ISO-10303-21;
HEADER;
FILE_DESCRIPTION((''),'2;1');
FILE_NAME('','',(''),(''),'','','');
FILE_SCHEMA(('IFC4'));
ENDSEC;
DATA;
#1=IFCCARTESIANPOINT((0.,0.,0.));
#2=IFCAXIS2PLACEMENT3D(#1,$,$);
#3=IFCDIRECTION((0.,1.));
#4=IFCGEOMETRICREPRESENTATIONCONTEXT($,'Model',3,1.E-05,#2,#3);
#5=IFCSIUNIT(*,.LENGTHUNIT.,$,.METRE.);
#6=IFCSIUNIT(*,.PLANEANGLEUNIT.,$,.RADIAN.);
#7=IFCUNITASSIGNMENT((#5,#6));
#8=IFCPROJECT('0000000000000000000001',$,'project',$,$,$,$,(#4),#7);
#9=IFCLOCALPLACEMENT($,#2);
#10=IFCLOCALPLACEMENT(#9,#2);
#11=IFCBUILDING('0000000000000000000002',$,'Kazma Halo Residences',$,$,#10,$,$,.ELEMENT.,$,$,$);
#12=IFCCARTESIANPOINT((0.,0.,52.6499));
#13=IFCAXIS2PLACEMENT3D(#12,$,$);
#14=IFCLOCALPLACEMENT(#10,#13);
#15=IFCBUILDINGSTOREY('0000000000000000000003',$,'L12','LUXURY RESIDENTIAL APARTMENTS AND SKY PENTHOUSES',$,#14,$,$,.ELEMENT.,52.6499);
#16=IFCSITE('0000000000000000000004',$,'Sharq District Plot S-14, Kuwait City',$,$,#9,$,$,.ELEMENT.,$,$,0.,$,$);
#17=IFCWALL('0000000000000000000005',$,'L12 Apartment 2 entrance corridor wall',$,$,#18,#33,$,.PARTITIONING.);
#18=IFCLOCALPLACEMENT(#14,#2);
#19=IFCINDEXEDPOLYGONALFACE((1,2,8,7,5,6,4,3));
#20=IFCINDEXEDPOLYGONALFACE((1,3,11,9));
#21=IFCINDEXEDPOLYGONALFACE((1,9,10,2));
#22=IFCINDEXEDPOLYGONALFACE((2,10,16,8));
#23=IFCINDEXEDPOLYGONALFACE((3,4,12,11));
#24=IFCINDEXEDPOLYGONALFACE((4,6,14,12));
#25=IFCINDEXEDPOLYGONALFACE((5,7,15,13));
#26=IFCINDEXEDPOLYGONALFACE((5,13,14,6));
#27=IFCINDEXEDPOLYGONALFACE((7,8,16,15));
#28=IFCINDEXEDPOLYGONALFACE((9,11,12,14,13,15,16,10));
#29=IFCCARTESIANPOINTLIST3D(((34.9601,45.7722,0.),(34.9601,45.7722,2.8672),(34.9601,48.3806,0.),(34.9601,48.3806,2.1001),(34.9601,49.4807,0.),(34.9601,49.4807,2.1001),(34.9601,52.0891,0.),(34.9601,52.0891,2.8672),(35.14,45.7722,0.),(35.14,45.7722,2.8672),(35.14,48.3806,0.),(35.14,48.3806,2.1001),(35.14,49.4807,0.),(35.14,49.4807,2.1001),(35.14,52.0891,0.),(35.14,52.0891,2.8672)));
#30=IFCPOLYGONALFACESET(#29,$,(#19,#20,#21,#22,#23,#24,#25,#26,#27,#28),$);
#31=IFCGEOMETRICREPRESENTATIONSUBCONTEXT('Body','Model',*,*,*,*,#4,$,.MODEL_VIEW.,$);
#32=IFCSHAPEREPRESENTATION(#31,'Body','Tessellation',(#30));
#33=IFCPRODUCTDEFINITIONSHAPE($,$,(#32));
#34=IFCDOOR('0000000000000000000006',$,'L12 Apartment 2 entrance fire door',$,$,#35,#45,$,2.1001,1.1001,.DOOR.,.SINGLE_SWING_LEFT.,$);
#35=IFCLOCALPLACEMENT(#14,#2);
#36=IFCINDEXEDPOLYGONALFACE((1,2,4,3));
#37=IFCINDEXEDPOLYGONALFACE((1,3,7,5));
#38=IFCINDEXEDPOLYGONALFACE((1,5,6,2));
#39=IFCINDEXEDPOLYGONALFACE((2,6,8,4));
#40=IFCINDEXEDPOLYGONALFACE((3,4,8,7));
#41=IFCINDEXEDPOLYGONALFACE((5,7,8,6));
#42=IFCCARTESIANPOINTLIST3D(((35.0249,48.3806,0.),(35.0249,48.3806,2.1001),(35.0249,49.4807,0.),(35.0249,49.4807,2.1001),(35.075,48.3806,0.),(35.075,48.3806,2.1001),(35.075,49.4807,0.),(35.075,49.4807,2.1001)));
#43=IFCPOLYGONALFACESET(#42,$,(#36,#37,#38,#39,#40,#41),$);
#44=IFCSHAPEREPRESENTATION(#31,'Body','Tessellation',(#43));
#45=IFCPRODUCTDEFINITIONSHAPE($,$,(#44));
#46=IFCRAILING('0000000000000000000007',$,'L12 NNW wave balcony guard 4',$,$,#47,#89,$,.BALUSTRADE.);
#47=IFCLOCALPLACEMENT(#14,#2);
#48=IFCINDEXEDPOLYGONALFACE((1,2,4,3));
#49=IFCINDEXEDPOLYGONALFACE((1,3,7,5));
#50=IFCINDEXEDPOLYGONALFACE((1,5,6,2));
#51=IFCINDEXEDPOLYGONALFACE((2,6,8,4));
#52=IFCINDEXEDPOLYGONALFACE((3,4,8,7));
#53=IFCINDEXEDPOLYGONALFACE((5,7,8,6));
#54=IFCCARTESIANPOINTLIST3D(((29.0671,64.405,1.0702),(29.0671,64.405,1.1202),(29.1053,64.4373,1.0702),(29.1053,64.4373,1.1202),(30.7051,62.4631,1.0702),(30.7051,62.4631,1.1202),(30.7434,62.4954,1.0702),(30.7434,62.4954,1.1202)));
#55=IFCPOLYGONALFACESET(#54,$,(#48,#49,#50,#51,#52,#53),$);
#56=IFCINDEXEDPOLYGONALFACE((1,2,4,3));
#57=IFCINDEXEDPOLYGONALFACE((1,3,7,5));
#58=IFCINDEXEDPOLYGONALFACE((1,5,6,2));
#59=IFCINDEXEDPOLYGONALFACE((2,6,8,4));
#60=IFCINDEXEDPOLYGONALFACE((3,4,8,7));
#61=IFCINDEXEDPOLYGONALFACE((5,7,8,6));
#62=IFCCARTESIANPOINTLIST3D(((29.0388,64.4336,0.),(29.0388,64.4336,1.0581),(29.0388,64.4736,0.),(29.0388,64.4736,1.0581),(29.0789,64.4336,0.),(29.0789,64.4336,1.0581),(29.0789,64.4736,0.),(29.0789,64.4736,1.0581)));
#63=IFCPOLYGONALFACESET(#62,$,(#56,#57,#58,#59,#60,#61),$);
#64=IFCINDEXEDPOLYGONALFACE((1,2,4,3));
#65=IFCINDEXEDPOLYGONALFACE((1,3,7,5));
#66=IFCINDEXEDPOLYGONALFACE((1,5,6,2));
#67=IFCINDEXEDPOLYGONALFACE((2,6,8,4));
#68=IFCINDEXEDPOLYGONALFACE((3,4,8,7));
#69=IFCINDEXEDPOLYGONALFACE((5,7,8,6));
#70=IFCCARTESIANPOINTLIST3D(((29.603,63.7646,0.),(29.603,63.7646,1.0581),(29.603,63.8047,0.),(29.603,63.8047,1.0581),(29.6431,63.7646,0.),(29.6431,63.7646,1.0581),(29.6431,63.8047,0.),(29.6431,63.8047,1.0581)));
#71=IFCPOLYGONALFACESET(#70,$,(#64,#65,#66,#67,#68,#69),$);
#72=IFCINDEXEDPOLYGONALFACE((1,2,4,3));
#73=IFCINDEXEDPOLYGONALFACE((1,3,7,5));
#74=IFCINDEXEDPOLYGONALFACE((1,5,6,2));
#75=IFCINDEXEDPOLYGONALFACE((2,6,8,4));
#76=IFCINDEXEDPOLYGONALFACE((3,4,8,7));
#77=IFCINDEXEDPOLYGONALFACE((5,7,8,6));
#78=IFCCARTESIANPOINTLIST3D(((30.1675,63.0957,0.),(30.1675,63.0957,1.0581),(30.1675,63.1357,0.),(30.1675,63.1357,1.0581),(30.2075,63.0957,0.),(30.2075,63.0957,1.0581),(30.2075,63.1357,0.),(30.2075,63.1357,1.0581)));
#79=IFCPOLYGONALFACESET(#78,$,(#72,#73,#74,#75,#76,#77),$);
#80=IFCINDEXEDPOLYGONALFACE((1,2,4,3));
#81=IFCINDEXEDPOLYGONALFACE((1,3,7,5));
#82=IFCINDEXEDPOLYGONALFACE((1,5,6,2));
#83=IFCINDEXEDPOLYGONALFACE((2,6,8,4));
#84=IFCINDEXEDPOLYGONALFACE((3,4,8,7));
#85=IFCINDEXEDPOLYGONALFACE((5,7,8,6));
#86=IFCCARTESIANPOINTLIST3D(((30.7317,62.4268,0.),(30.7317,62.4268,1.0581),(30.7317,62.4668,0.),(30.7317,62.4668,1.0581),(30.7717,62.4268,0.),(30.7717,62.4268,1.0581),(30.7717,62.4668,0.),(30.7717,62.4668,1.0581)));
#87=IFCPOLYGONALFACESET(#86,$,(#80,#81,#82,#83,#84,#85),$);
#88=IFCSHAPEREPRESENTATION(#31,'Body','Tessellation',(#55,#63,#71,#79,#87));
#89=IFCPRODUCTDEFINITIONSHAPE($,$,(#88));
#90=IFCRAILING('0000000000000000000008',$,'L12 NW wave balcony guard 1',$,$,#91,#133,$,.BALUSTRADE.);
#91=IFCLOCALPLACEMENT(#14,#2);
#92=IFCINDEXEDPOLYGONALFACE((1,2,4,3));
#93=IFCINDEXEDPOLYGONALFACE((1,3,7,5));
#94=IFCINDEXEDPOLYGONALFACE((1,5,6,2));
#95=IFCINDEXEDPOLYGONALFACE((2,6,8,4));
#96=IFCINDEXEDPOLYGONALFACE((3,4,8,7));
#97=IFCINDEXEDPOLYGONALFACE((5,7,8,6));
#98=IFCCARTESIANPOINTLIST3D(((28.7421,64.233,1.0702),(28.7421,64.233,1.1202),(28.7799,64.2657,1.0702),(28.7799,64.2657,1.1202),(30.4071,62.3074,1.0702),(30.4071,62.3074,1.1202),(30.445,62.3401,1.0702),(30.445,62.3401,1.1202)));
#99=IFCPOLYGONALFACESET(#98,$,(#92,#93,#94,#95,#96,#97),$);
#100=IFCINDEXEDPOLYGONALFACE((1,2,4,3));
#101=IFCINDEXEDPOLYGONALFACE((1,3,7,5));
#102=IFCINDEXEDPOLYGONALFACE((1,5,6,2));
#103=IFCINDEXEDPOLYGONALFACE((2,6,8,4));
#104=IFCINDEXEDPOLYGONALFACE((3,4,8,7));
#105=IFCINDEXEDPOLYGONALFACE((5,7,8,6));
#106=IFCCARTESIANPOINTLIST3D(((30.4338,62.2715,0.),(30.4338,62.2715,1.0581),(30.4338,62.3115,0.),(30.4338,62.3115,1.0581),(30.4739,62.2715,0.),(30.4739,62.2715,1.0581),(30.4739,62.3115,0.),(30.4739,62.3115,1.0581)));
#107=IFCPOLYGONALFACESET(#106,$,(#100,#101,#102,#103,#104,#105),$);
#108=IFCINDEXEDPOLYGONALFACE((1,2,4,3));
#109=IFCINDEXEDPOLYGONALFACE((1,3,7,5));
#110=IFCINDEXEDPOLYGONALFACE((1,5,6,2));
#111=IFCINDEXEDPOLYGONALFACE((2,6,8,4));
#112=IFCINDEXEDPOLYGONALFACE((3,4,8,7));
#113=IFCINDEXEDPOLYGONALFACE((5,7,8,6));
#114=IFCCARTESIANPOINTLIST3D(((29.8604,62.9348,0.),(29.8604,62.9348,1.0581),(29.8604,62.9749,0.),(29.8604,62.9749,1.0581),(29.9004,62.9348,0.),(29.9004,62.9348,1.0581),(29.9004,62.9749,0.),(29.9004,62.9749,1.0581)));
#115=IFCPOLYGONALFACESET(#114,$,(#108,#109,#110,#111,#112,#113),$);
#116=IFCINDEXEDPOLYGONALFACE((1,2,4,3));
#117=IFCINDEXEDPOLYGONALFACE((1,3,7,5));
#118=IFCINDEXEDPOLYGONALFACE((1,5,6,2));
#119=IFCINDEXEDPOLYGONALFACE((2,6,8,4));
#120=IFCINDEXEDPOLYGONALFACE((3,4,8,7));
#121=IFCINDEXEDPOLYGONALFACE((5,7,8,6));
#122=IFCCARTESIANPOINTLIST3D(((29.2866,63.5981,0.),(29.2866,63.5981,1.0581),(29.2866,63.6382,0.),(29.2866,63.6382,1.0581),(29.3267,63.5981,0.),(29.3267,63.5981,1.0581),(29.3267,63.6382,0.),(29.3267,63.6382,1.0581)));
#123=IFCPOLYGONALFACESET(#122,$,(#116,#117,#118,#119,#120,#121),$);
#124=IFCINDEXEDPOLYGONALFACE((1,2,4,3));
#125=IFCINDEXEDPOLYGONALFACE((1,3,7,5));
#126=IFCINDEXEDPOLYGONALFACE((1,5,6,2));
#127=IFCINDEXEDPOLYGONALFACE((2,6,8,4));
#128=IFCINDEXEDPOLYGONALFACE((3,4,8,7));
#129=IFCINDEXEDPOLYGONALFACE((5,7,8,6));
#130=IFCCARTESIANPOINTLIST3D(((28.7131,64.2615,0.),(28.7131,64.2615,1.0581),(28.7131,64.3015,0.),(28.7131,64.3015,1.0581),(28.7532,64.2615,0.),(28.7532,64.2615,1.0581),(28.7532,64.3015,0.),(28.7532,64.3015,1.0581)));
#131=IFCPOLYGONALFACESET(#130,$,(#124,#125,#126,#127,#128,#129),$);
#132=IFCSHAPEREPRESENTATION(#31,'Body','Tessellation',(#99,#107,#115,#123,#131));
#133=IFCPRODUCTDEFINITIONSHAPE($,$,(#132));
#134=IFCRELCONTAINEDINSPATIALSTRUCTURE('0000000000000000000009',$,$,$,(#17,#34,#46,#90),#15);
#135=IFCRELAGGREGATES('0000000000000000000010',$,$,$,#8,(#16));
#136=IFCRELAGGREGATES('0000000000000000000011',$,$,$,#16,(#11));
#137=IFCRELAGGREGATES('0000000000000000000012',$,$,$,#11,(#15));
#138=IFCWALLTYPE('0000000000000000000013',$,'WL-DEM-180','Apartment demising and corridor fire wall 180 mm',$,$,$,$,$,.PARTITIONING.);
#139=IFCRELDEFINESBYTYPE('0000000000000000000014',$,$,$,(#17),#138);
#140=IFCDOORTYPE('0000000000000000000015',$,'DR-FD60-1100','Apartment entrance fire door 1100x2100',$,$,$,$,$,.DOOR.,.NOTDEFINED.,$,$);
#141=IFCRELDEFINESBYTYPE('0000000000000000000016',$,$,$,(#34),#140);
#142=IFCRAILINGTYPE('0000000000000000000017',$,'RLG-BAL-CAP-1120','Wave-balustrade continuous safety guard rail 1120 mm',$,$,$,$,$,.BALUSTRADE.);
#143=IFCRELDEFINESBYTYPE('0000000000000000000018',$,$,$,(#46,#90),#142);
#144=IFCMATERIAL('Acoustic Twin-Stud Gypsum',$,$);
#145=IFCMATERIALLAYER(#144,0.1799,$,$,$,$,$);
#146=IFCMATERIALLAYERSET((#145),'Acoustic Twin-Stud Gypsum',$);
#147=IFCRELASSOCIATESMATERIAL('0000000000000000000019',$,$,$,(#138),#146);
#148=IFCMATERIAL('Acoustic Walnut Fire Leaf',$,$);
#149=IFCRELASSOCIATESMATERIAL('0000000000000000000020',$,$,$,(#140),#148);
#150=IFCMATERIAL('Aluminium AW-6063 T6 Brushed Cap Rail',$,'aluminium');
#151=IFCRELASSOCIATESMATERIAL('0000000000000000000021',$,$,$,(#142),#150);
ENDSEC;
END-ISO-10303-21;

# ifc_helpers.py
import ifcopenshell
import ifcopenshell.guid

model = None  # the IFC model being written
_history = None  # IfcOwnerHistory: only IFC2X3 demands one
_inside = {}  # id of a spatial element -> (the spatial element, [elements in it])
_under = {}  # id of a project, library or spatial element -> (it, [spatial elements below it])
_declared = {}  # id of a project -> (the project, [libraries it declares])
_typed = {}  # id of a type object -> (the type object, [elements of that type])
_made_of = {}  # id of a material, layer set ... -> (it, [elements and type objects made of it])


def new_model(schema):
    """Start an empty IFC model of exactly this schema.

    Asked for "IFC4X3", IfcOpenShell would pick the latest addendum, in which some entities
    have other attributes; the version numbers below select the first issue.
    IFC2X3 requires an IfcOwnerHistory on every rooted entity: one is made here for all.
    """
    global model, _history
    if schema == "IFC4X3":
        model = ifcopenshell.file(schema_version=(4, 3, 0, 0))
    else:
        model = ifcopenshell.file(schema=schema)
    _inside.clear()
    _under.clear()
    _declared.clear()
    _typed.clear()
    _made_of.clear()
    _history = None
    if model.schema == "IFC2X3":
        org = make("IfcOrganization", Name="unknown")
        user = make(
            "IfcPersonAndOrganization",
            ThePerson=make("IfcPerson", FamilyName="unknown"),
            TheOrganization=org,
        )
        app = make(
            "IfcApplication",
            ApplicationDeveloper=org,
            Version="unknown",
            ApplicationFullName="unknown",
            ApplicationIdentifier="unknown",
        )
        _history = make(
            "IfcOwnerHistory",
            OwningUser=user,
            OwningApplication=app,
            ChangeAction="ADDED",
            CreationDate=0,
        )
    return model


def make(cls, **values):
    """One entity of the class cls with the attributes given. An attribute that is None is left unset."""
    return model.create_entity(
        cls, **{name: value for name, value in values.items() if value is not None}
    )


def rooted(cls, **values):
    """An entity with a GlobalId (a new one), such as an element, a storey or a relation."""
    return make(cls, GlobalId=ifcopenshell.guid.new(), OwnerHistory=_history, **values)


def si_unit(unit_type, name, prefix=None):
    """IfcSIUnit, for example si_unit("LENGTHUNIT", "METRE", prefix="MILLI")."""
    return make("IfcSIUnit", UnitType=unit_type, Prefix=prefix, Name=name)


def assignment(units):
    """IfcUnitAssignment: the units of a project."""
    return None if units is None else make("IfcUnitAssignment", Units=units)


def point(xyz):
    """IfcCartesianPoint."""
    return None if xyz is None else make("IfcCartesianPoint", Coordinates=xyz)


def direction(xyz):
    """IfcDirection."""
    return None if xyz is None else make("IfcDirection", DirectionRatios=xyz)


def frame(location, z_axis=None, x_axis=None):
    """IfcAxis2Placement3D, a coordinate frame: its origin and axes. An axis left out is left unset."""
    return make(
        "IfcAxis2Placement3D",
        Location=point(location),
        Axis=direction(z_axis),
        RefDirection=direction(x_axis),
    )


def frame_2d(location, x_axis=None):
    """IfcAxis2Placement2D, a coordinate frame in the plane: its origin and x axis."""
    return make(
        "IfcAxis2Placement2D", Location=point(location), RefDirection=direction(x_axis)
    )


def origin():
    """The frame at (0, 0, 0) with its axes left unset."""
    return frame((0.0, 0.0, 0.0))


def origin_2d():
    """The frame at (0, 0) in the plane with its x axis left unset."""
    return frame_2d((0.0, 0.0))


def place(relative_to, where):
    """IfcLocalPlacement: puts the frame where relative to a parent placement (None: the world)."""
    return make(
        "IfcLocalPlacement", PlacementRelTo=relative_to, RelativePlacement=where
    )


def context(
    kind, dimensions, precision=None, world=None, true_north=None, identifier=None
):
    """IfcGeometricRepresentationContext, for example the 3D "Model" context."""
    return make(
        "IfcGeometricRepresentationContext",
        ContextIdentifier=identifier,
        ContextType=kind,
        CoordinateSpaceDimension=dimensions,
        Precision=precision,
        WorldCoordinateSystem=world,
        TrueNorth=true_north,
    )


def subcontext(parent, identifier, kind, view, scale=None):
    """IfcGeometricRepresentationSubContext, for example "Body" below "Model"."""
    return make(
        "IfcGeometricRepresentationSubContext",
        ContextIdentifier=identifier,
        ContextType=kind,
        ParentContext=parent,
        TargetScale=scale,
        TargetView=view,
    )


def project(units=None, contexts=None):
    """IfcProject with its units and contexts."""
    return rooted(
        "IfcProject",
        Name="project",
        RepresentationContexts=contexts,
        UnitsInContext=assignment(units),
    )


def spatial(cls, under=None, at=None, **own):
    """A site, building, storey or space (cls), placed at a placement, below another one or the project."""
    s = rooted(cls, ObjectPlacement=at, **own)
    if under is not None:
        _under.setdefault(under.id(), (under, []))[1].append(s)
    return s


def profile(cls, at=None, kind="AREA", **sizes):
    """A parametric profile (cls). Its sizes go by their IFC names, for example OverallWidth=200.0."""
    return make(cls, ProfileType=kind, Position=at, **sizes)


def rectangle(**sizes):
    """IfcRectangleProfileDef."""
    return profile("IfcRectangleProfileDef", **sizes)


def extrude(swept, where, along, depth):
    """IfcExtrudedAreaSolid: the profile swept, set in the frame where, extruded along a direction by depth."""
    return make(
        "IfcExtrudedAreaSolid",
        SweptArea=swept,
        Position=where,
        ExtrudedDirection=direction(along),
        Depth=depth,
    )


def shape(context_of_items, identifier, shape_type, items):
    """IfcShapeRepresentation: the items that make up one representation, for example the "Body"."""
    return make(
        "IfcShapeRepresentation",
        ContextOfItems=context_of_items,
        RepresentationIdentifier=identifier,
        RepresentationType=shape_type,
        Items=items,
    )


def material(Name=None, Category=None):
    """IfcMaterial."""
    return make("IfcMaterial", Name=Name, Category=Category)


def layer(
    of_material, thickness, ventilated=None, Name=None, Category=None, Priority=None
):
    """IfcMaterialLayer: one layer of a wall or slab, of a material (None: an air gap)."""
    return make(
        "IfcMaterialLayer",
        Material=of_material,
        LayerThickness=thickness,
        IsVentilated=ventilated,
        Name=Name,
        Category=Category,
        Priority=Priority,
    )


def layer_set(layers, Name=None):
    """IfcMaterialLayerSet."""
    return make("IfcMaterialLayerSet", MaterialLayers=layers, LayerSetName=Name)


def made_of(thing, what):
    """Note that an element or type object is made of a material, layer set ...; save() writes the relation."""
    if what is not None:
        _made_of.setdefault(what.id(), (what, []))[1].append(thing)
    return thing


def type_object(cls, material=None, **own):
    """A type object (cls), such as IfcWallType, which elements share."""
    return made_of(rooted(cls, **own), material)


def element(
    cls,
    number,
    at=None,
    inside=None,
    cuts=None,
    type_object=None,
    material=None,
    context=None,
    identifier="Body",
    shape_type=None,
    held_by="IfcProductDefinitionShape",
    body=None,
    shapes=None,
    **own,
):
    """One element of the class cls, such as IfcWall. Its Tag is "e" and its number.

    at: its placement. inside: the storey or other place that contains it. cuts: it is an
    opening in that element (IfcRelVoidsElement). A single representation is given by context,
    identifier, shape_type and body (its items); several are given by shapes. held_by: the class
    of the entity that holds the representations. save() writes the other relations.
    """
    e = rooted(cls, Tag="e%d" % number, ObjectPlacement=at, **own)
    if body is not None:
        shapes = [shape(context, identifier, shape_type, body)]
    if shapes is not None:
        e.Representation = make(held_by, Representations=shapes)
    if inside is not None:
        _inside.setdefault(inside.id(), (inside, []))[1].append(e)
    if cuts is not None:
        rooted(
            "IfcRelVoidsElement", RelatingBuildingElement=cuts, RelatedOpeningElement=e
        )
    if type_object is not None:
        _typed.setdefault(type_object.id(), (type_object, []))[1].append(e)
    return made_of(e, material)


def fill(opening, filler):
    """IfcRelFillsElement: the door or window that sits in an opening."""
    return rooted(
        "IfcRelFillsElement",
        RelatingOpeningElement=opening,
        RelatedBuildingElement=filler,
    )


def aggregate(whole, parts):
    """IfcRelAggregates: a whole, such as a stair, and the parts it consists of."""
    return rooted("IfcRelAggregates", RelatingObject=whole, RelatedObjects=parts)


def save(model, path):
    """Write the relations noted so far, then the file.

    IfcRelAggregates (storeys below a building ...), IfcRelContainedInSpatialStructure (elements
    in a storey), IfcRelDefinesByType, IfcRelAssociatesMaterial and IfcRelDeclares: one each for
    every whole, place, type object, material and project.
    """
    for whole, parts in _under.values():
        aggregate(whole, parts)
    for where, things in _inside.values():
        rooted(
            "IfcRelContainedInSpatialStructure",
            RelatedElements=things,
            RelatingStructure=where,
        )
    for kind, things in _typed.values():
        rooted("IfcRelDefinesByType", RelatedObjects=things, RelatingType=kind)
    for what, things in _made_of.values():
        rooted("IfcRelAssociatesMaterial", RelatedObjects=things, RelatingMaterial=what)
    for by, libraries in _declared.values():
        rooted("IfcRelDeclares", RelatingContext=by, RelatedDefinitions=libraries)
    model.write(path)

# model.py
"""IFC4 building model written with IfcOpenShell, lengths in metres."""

from ifc_helpers import new_model, si_unit, direction, frame, frame_2d, origin, origin_2d, place, context, subcontext, project, spatial, rectangle, extrude, material, layer, layer_set, type_object, element, fill, save


model = new_model("IFC4")

# Units and contexts
model_context = context("Model", 3, precision=1e-05, world=origin(), true_north=direction((0.0, 1.0)))
body_context = subcontext(model_context, "Body", "Model", "MODEL_VIEW")
ifc_project = project(units=[si_unit("LENGTHUNIT", "METRE"), si_unit("PLANEANGLEUNIT", "RADIAN")], contexts=[model_context])

# Site, building, storey
site_placement = place(None, origin())
site = spatial("IfcSite", under=ifc_project, at=site_placement, Name="Sharq District Plot S-14, Kuwait City", CompositionType="ELEMENT", RefElevation=0.0)
building_placement = place(site_placement, origin())
building = spatial("IfcBuilding", under=site, at=building_placement, Name="Kazma Halo Residences", CompositionType="ELEMENT")
storey_placement = place(building_placement, frame((0.0, 0.0, 52.6499)))
storey = spatial("IfcBuildingStorey", under=building, at=storey_placement, Name="L12", Description="LUXURY RESIDENTIAL APARTMENTS AND SKY PENTHOUSES", CompositionType="ELEMENT", Elevation=52.6499)

# Shared definitions
ifc_material_1 = material(Name="Acoustic Twin-Stud Gypsum")
ifc_layer_1 = layer(ifc_material_1, 0.1799)
ifc_layer_set_1 = layer_set([ifc_layer_1], Name="Acoustic Twin-Stud Gypsum")
wall_type_1 = type_object("IfcWallType", Name="WL-DEM-180", Description="Apartment demising and corridor fire wall 180 mm", PredefinedType="PARTITIONING", material=ifc_layer_set_1)

# Wall, opening, door
wall_1_placement = place(storey_placement, frame((35.05, 52.0891, 0.0), z_axis=(0.0, 0.0, 1.0), x_axis=(0.0, -1.0, 0.0)))
wall_1 = element("IfcWall", 1, at=wall_1_placement, inside=storey, type_object=wall_type_1, Name="L12 Apartment 2 entrance corridor wall", PredefinedType="PARTITIONING", context=body_context, shape_type="SweptSolid", body=[
    extrude(rectangle(XDim=6.3169, YDim=0.1799, at=frame_2d((3.1584, 0.0))), origin(), (0.0, 0.0, 1.0), 2.8672),
])
opening_1_placement = place(wall_1_placement, frame((2.6084, 0.0, 0.0)))
opening_1 = element("IfcOpeningElement", 2, at=opening_1_placement, cuts=wall_1, PredefinedType="OPENING", context=body_context, shape_type="SweptSolid", body=[
    extrude(rectangle(XDim=1.1001, YDim=2.1001, at=frame_2d((0.55, 1.05))), frame((0.0, 0.0999, 0.0), z_axis=(0.0, -1.0, 0.0), x_axis=(1.0, 0.0, 0.0)), (0.0, 0.0, 1.0), 0.2),
])
ifc_material_2 = material(Name="Acoustic Walnut Fire Leaf")
door_type_1 = type_object("IfcDoorType", Name="DR-FD60-1100", Description="Apartment entrance fire door 1100x2100", OperationType="NOTDEFINED", PredefinedType="DOOR", material=ifc_material_2)
door_1_placement = place(opening_1_placement, origin())
door_1 = element("IfcDoor", 3, at=door_1_placement, inside=storey, type_object=door_type_1, Name="L12 Apartment 2 entrance fire door", OperationType="SINGLE_SWING_LEFT", OverallHeight=2.1001, OverallWidth=1.1001, PredefinedType="DOOR", context=body_context, shape_type="SweptSolid", body=[
    extrude(rectangle(XDim=1.1001, YDim=2.1001, at=frame_2d((0.55, 1.05))), frame((0.0, 0.0249, 0.0), z_axis=(0.0, -1.0, 0.0), x_axis=(1.0, 0.0, 0.0)), (0.0, 0.0, 1.0), 0.05),
])
fill(opening_1, door_1)

# Railings
ifc_material_3 = material(Name="Aluminium AW-6063 T6 Brushed Cap Rail", Category="aluminium")
railing_type = type_object("IfcRailingType", Name="RLG-BAL-CAP-1120", Description="Wave-balustrade continuous safety guard rail 1120 mm", PredefinedType="BALUSTRADE", material=ifc_material_3)
railing_1_placement = place(storey_placement, frame((29.0588, 64.4536, 0.0)))
element("IfcRailing", 4, at=railing_1_placement, inside=storey, type_object=railing_type, Name="L12 NNW wave balcony guard 4", PredefinedType="BALUSTRADE", context=body_context, shape_type="SweptSolid", body=[
    extrude(rectangle(XDim=0.05, YDim=0.05, at=origin_2d()), frame((0.0273, -0.0325, 1.0952), z_axis=(0.644783, -0.764366, 0.0), x_axis=(0.764366, 0.644783, 0.0)), (0.0, 0.0, 1.0), 2.5405),
    extrude(rectangle(XDim=0.04, YDim=0.04, at=origin_2d()), origin(), (0.0, 0.0, 1.0), 1.0581),
    extrude(rectangle(XDim=0.04, YDim=0.04, at=origin_2d()), frame((0.5642, -0.6689, 0.0)), (0.0, 0.0, 1.0), 1.0581),
    extrude(rectangle(XDim=0.04, YDim=0.04, at=origin_2d()), frame((1.1287, -1.3379, 0.0)), (0.0, 0.0, 1.0), 1.0581),
    extrude(rectangle(XDim=0.04, YDim=0.04, at=origin_2d()), frame((1.6929, -2.0068, 0.0)), (0.0, 0.0, 1.0), 1.0581),
])
railing_2_placement = place(storey_placement, frame((30.4539, 62.2915, 0.0)))
element("IfcRailing", 5, at=railing_2_placement, inside=storey, type_object=railing_type, Name="L12 NW wave balcony guard 1", PredefinedType="BALUSTRADE", context=body_context, shape_type="SweptSolid", body=[
    extrude(rectangle(XDim=0.05, YDim=0.05, at=origin_2d()), frame((-0.0278, 0.0322, 1.0952), z_axis=(-0.654072, 0.756433, 0.0), x_axis=(-0.756433, -0.654072, 0.0)), (0.0, 0.0, 1.0), 2.5457),
    extrude(rectangle(XDim=0.04, YDim=0.04, at=origin_2d()), origin(), (0.0, 0.0, 1.0), 1.0581),
    extrude(rectangle(XDim=0.04, YDim=0.04, at=origin_2d()), frame((-0.5735, 0.6633, 0.0)), (0.0, 0.0, 1.0), 1.0581),
    extrude(rectangle(XDim=0.04, YDim=0.04, at=origin_2d()), frame((-1.1472, 1.3267, 0.0)), (0.0, 0.0, 1.0), 1.0581),
    extrude(rectangle(XDim=0.04, YDim=0.04, at=origin_2d()), frame((-1.7207, 1.99, 0.0)), (0.0, 0.0, 1.0), 1.0581),
])

save(model, "model.ifc")
